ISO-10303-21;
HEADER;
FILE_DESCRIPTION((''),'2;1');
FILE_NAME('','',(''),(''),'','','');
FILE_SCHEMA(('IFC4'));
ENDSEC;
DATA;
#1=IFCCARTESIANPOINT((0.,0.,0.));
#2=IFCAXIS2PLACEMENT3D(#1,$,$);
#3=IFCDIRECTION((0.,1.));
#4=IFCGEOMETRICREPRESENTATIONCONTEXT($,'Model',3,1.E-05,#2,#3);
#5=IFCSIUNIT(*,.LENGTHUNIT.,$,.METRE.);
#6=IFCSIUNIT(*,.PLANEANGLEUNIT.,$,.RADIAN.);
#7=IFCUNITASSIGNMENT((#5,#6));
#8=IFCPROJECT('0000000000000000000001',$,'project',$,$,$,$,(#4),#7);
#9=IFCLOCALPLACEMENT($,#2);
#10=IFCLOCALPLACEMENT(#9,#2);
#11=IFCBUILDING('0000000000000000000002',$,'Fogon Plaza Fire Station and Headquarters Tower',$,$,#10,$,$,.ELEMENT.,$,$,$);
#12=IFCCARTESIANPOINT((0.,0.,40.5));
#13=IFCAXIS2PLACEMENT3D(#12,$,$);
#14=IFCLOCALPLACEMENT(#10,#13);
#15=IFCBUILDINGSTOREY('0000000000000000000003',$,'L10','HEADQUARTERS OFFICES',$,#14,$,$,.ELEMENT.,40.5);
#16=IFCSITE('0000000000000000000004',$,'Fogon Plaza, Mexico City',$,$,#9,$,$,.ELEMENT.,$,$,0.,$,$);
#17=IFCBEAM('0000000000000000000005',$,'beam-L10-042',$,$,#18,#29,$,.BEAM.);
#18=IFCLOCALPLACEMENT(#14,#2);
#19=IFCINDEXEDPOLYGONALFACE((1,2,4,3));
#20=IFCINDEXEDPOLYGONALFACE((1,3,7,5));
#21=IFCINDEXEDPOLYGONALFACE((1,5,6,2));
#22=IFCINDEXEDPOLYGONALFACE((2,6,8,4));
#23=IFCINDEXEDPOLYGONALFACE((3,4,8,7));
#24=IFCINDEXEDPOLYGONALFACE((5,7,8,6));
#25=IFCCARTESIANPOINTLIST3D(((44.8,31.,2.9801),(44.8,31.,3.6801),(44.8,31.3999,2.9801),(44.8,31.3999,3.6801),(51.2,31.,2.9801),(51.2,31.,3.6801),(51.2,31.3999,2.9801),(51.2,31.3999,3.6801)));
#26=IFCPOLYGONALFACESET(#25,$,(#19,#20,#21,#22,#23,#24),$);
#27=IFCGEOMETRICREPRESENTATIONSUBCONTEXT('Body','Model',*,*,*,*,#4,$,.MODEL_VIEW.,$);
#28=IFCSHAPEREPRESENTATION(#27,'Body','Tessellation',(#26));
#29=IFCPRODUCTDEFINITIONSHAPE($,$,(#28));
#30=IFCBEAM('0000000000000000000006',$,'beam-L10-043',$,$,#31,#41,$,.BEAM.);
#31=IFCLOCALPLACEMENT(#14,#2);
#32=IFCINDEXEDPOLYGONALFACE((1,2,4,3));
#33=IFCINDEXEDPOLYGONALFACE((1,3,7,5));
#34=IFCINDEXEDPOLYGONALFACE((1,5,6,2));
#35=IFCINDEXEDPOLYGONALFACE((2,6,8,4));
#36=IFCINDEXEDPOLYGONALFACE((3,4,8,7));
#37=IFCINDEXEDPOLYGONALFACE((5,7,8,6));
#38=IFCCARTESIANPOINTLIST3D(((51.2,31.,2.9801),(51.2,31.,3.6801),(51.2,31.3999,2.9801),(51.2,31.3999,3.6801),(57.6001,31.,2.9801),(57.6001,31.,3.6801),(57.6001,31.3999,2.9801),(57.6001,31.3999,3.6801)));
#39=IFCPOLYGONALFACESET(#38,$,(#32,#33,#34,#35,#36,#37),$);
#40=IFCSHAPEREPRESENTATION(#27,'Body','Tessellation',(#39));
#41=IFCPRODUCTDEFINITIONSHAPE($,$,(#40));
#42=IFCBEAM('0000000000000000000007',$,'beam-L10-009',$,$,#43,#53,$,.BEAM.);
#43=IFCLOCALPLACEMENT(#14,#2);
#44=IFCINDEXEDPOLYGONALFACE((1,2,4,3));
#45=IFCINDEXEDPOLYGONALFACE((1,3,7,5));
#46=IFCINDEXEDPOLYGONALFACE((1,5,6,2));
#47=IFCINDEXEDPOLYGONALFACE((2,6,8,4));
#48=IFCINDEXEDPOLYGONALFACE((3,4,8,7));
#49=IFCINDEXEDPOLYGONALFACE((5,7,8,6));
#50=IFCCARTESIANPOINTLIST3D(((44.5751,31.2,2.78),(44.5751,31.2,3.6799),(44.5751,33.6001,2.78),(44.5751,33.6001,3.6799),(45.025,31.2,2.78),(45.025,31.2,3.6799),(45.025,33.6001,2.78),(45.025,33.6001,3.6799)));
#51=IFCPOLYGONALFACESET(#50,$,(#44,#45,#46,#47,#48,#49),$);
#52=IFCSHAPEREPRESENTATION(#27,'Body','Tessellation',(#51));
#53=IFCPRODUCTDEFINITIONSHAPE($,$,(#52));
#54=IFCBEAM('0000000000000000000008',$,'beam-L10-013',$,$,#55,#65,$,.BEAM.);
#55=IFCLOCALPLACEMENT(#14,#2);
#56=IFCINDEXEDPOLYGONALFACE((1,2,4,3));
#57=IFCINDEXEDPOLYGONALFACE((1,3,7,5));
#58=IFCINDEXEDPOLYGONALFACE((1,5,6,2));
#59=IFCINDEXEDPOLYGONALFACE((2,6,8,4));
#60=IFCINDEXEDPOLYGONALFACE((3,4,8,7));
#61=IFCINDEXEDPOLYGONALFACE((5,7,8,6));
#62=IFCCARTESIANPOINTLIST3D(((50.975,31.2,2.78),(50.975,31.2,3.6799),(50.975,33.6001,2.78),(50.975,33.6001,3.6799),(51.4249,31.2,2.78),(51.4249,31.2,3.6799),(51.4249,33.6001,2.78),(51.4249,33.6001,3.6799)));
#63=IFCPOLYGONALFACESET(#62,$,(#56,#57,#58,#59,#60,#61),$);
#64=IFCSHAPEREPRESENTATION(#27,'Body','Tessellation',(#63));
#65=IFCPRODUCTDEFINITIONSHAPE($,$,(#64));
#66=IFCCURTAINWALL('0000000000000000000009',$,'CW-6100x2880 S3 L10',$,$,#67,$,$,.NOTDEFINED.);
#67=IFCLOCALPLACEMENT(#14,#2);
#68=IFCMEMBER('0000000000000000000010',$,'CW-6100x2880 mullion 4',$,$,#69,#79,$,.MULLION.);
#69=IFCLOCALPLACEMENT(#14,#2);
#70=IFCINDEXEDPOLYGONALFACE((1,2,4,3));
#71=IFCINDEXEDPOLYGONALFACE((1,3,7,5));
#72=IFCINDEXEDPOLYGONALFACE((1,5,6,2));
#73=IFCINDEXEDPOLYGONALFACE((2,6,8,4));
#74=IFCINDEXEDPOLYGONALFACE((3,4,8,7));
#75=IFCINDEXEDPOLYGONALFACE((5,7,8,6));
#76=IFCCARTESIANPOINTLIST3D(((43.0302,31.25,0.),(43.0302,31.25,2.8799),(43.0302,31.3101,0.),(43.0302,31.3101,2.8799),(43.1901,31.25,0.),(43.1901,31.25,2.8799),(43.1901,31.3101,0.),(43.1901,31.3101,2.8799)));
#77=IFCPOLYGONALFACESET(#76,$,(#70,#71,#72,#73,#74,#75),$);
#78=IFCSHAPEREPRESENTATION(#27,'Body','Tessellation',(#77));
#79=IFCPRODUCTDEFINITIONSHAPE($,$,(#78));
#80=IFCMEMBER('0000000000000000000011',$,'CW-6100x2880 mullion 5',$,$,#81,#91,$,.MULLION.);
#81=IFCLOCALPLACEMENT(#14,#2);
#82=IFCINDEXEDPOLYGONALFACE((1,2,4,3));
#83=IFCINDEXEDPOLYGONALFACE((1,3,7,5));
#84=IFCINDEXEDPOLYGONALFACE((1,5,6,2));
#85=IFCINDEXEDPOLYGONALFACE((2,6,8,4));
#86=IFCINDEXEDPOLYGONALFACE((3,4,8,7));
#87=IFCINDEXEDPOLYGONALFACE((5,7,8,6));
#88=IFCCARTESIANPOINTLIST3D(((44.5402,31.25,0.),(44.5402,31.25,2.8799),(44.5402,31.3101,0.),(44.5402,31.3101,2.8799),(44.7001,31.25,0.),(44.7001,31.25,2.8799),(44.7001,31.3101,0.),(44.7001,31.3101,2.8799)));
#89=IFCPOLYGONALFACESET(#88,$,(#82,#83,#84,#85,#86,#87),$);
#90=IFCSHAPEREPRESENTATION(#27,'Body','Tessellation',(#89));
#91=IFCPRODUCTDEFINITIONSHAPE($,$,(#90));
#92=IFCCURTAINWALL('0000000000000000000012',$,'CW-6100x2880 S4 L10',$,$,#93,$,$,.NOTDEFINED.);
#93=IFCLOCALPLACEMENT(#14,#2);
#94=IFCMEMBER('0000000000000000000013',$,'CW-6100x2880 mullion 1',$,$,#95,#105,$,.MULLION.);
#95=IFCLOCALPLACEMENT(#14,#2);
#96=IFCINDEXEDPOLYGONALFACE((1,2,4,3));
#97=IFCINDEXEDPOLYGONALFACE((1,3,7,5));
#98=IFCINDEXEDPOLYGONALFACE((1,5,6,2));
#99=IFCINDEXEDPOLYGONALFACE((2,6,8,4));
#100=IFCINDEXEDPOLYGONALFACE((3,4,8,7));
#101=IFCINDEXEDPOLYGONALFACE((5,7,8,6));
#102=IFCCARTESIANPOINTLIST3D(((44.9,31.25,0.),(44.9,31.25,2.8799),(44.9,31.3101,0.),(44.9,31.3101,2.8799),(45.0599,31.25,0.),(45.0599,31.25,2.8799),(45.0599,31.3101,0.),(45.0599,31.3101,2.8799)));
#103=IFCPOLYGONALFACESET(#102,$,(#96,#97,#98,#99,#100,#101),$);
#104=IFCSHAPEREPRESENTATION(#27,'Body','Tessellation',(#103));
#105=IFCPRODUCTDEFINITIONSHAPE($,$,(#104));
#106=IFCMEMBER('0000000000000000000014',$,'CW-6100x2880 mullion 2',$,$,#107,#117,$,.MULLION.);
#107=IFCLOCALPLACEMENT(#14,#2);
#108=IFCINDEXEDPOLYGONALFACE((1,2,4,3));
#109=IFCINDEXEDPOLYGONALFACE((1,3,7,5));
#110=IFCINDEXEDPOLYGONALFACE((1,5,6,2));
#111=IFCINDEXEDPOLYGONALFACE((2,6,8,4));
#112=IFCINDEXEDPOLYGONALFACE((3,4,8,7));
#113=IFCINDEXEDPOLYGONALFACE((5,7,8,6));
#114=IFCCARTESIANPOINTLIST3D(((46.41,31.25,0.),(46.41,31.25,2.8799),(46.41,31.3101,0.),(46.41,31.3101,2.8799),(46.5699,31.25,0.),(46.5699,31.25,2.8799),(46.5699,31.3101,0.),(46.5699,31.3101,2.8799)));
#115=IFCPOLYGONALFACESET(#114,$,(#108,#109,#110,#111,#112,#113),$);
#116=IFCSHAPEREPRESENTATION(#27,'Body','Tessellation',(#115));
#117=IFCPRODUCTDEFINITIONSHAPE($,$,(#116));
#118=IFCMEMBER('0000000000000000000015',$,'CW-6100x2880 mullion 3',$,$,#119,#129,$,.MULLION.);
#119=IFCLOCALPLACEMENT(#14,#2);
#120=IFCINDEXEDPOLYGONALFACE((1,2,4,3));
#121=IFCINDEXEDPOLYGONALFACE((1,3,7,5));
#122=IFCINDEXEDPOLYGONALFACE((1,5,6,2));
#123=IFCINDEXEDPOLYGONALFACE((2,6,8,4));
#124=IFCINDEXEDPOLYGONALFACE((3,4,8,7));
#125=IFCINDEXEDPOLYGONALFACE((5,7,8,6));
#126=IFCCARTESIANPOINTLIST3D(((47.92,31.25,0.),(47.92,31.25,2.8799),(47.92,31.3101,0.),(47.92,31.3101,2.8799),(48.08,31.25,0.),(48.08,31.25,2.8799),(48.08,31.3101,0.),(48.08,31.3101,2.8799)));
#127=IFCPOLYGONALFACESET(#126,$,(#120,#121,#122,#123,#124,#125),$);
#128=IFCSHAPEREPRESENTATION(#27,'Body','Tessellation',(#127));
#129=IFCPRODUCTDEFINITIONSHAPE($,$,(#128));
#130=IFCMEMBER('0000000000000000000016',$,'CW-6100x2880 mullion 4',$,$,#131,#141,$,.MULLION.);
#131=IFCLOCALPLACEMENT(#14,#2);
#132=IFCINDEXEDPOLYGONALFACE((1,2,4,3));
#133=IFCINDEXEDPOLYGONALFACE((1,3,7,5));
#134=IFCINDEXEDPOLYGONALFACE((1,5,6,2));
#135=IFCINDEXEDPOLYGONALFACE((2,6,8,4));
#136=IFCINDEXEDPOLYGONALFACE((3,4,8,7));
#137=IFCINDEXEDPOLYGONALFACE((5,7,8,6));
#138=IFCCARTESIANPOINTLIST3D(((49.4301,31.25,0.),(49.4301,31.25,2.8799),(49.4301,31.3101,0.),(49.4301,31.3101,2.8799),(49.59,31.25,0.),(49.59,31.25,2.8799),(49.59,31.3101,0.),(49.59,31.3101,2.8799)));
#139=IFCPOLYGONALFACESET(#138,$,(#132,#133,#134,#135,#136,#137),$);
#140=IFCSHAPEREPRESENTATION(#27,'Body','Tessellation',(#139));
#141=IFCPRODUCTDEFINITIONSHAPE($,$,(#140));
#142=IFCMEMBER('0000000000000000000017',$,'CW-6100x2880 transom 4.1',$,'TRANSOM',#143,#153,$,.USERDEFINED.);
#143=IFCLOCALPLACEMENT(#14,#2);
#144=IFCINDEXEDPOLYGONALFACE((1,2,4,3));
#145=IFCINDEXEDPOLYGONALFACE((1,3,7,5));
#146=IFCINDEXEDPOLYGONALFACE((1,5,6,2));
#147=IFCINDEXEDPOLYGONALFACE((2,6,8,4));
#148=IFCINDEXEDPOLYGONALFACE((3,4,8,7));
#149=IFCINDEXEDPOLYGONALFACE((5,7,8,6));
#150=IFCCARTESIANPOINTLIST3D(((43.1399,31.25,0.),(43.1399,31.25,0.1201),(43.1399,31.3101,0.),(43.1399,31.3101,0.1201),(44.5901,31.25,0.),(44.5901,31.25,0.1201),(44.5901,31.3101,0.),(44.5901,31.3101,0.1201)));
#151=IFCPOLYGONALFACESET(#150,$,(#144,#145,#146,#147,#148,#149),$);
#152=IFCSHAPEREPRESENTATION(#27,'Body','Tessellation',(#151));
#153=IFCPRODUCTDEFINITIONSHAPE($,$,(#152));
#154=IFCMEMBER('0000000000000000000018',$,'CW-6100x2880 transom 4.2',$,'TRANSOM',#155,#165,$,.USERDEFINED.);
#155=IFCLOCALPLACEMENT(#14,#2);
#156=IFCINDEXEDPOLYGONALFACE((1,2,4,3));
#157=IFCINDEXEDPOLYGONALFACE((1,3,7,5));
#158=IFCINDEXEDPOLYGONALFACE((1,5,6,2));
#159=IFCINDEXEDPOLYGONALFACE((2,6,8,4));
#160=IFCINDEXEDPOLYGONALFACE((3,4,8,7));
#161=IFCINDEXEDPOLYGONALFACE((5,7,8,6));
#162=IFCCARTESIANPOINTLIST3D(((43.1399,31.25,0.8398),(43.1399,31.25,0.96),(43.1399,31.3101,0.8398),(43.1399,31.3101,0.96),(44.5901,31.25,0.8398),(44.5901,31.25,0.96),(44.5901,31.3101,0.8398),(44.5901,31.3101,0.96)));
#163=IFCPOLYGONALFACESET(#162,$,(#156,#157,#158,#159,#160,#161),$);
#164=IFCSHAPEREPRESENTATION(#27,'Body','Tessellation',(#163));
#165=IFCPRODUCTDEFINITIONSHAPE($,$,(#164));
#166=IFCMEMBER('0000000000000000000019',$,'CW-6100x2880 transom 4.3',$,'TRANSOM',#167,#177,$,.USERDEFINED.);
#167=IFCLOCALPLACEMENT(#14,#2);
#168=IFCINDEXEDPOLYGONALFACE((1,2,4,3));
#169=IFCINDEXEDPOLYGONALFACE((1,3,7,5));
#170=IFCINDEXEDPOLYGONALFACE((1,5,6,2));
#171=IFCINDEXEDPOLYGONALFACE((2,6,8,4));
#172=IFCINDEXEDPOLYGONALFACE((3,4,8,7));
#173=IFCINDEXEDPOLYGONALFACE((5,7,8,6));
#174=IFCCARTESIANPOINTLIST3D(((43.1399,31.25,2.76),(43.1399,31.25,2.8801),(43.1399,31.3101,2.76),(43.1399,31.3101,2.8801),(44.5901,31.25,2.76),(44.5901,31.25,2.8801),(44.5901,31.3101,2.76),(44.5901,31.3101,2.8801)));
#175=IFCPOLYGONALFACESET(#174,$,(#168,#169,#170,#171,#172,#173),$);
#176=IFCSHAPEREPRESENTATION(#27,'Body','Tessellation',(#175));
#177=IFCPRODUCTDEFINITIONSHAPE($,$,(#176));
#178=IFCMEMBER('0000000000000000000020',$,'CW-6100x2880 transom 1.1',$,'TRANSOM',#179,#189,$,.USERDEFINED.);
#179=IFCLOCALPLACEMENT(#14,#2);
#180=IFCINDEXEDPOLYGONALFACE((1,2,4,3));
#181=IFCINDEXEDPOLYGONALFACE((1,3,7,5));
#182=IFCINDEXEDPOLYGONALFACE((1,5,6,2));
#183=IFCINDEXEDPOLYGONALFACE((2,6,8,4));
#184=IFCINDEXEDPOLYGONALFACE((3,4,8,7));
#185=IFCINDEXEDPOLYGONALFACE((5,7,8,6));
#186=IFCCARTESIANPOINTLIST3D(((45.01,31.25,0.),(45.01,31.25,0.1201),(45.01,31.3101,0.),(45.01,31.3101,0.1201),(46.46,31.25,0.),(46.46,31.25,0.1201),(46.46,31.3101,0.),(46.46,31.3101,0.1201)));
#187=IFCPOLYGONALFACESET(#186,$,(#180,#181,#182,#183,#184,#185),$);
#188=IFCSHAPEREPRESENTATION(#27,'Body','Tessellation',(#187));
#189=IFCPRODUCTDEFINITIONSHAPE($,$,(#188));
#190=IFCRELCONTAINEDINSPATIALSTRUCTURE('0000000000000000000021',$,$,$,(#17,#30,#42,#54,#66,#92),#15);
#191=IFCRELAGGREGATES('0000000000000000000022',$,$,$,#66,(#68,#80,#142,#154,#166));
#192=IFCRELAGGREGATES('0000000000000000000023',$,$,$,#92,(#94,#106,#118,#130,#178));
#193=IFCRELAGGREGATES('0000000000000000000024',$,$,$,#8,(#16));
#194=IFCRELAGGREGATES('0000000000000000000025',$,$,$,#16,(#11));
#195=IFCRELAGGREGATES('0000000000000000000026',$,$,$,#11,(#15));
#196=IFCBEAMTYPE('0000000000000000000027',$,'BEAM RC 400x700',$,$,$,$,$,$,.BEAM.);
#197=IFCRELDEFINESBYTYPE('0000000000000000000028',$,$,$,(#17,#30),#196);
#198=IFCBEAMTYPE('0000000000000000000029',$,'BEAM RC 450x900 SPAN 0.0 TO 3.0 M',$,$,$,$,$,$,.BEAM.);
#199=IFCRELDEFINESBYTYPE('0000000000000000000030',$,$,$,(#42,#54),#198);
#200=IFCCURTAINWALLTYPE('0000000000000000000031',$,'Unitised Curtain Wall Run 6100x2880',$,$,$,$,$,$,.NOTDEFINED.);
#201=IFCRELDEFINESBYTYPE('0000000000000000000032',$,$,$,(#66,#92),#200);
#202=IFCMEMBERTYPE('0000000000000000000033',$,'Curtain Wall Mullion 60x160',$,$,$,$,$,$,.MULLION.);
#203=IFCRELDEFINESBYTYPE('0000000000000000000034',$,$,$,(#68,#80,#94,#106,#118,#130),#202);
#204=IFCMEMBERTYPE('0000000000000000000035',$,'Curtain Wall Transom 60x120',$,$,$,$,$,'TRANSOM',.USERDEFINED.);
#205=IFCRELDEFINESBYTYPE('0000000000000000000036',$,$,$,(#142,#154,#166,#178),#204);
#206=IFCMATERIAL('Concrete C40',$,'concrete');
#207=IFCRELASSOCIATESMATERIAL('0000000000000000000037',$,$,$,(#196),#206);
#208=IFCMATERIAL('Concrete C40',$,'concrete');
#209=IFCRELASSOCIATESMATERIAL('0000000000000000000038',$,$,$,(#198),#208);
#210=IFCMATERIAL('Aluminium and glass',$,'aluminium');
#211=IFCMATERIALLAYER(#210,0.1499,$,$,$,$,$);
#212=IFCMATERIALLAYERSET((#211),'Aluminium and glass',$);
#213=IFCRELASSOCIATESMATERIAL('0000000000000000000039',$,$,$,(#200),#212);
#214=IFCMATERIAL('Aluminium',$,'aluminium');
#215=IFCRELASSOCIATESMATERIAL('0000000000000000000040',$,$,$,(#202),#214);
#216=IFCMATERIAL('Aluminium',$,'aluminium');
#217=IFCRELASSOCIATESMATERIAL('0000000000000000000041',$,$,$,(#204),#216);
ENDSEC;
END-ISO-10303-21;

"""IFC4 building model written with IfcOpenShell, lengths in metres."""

from ifc_helpers import new_model, si_unit, direction, frame, origin, origin_2d, place, context, subcontext, project, spatial, rectangle, extrude, material, layer, layer_set, material_profile, profile_set, type_object, element, aggregate, save


model = new_model("IFC4")

# Units and contexts
model_context = context("Model", 3, precision=1e-05, world=origin(), true_north=direction((0.0, 1.0)))
body_context = subcontext(model_context, "Body", "Model", "MODEL_VIEW")
ifc_project = project(units=[si_unit("LENGTHUNIT", "METRE"), si_unit("PLANEANGLEUNIT", "RADIAN")], contexts=[model_context])

# Site, building, storey
site_placement = place(None, origin())
site = spatial("IfcSite", under=ifc_project, at=site_placement, Name="Fogon Plaza, Mexico City", CompositionType="ELEMENT", RefElevation=0.0)
building_placement = place(site_placement, origin())
building = spatial("IfcBuilding", under=site, at=building_placement, Name="Fogon Plaza Fire Station and Headquarters Tower", CompositionType="ELEMENT")
storey_placement = place(building_placement, frame((0.0, 0.0, 40.5)))
storey = spatial("IfcBuildingStorey", under=building, at=storey_placement, Name="L10", Description="HEADQUARTERS OFFICES", CompositionType="ELEMENT", Elevation=40.5)

# Beams
ifc_material_1 = material(Name="Concrete C40", Category="concrete")
ifc_material_profile_1 = material_profile(ifc_material_1, rectangle(XDim=0.3999, YDim=0.7, at=origin_2d()), Name="RC 400x700")
ifc_profile_set_1 = profile_set([ifc_material_profile_1], Name="Concrete C40")
beam_type_1 = type_object("IfcBeamType", Name="BEAM RC 400x700", PredefinedType="BEAM", material=ifc_profile_set_1)
beam_1_placement = place(storey_placement, frame((44.8, 31.2, 3.3301), z_axis=(1.0, 0.0, 0.0), x_axis=(0.0, 1.0, 0.0)))
element("IfcBeam", 1, at=beam_1_placement, inside=storey, type_object=beam_type_1, Name="beam-L10-042", PredefinedType="BEAM", context=body_context, shape_type="SweptSolid", body=[
    extrude(rectangle(XDim=0.3999, YDim=0.7, at=origin_2d()), origin(), (0.0, 0.0, 1.0), 6.3999),
])
beam_2_placement = place(storey_placement, frame((51.2, 31.2, 3.3301), z_axis=(1.0, 0.0, 0.0), x_axis=(0.0, 1.0, 0.0)))
element("IfcBeam", 2, at=beam_2_placement, inside=storey, type_object=beam_type_1, Name="beam-L10-043", PredefinedType="BEAM", context=body_context, shape_type="SweptSolid", body=[
    extrude(rectangle(XDim=0.3999, YDim=0.7, at=origin_2d()), origin(), (0.0, 0.0, 1.0), 6.4001),
])
ifc_material_2 = material(Name="Concrete C40", Category="concrete")
ifc_material_profile_2 = material_profile(ifc_material_2, rectangle(XDim=0.45, YDim=0.8999, at=origin_2d()), Name="RC 450x900")
ifc_profile_set_2 = profile_set([ifc_material_profile_2], Name="Concrete C40")
beam_type_2 = type_object("IfcBeamType", Name="BEAM RC 450x900 SPAN 0.0 TO 3.0 M", PredefinedType="BEAM", material=ifc_profile_set_2)
for number, where, z_axis, x_axis, name in (
    (3, (44.8, 31.2, 3.23), (0.0, 1.0, 0.0), (-1.0, 0.0, 0.0), "beam-L10-009"),
    (4, (51.2, 31.2, 3.23), (0.0, 1.0, 0.0), (-1.0, 0.0, 0.0), "beam-L10-013"),
):
    element("IfcBeam", number, at=place(storey_placement, frame(where, z_axis=z_axis, x_axis=x_axis)), inside=storey, type_object=beam_type_2, Name=name, PredefinedType="BEAM", context=body_context, shape_type="SweptSolid", body=[
        extrude(rectangle(XDim=0.45, YDim=0.8999, at=origin_2d()), origin(), (0.0, 0.0, 1.0), 2.4001),
    ])

# Curtain walls, members
ifc_material_3 = material(Name="Aluminium and glass", Category="aluminium")
ifc_layer_1 = layer(ifc_material_3, 0.1499)
ifc_layer_set_1 = layer_set([ifc_layer_1], Name="Aluminium and glass")
curtain_wall_type = type_object("IfcCurtainWallType", Name="Unitised Curtain Wall Run 6100x2880", PredefinedType="NOTDEFINED", material=ifc_layer_set_1)
curtain_wall_1_placement = place(storey_placement, origin())
curtain_wall_1 = element("IfcCurtainWall", 5, at=curtain_wall_1_placement, inside=storey, type_object=curtain_wall_type, Name="CW-6100x2880 S3 L10", PredefinedType="NOTDEFINED")
ifc_material_4 = material(Name="Aluminium", Category="aluminium")
ifc_material_profile_3 = material_profile(ifc_material_4, rectangle(XDim=0.0601, YDim=0.1599, at=origin_2d()), Name="Curtain Wall Mullion 60x160")
ifc_profile_set_3 = profile_set([ifc_material_profile_3], Name="Aluminium")
member_type_1 = type_object("IfcMemberType", Name="Curtain Wall Mullion 60x160", PredefinedType="MULLION", material=ifc_profile_set_3)
member_1_placement = place(storey_placement, frame((43.1101, 31.28, 0.0), z_axis=(0.0, 0.0, 1.0), x_axis=(0.0, 1.0, 0.0)))
member_1 = element("IfcMember", 6, at=member_1_placement, type_object=member_type_1, Name="CW-6100x2880 mullion 4", PredefinedType="MULLION", context=body_context, shape_type="SweptSolid", body=[
    extrude(rectangle(XDim=0.0601, YDim=0.1599, at=origin_2d()), origin(), (0.0, 0.0, 1.0), 2.8799),
])
member_2_placement = place(storey_placement, frame((44.6201, 31.28, 0.0), z_axis=(0.0, 0.0, 1.0), x_axis=(0.0, 1.0, 0.0)))
member_2 = element("IfcMember", 7, at=member_2_placement, type_object=member_type_1, Name="CW-6100x2880 mullion 5", PredefinedType="MULLION", context=body_context, shape_type="SweptSolid", body=[
    extrude(rectangle(XDim=0.0601, YDim=0.1599, at=origin_2d()), origin(), (0.0, 0.0, 1.0), 2.8799),
])
curtain_wall_2_placement = place(storey_placement, origin())
curtain_wall_2 = element("IfcCurtainWall", 8, at=curtain_wall_2_placement, inside=storey, type_object=curtain_wall_type, Name="CW-6100x2880 S4 L10", PredefinedType="NOTDEFINED")
member_3_placement = place(storey_placement, frame((44.98, 31.28, 0.0), z_axis=(0.0, 0.0, 1.0), x_axis=(0.0, 1.0, 0.0)))
member_3 = element("IfcMember", 9, at=member_3_placement, type_object=member_type_1, Name="CW-6100x2880 mullion 1", PredefinedType="MULLION", context=body_context, shape_type="SweptSolid", body=[
    extrude(rectangle(XDim=0.0601, YDim=0.1599, at=origin_2d()), origin(), (0.0, 0.0, 1.0), 2.8799),
])
member_4_placement = place(storey_placement, frame((46.49, 31.28, 0.0), z_axis=(0.0, 0.0, 1.0), x_axis=(0.0, 1.0, 0.0)))
member_4 = element("IfcMember", 10, at=member_4_placement, type_object=member_type_1, Name="CW-6100x2880 mullion 2", PredefinedType="MULLION", context=body_context, shape_type="SweptSolid", body=[
    extrude(rectangle(XDim=0.0601, YDim=0.1599, at=origin_2d()), origin(), (0.0, 0.0, 1.0), 2.8799),
])
member_5_placement = place(storey_placement, frame((48.0, 31.28, 0.0), z_axis=(0.0, 0.0, 1.0), x_axis=(0.0, 1.0, 0.0)))
member_5 = element("IfcMember", 11, at=member_5_placement, type_object=member_type_1, Name="CW-6100x2880 mullion 3", PredefinedType="MULLION", context=body_context, shape_type="SweptSolid", body=[
    extrude(rectangle(XDim=0.0601, YDim=0.1599, at=origin_2d()), origin(), (0.0, 0.0, 1.0), 2.8799),
])
member_6_placement = place(storey_placement, frame((49.51, 31.28, 0.0), z_axis=(0.0, 0.0, 1.0), x_axis=(0.0, 1.0, 0.0)))
member_6 = element("IfcMember", 12, at=member_6_placement, type_object=member_type_1, Name="CW-6100x2880 mullion 4", PredefinedType="MULLION", context=body_context, shape_type="SweptSolid", body=[
    extrude(rectangle(XDim=0.0601, YDim=0.1599, at=origin_2d()), origin(), (0.0, 0.0, 1.0), 2.8799),
])

# Members
ifc_material_5 = material(Name="Aluminium", Category="aluminium")
ifc_material_profile_4 = material_profile(ifc_material_5, rectangle(XDim=0.0601, YDim=0.1201, at=origin_2d()), Name="Curtain Wall Transom 60x120")
ifc_profile_set_4 = profile_set([ifc_material_profile_4], Name="Aluminium")
member_type_2 = type_object("IfcMemberType", Name="Curtain Wall Transom 60x120", ElementType="TRANSOM", PredefinedType="USERDEFINED", material=ifc_profile_set_4)
member_7_placement = place(storey_placement, frame((43.1399, 31.28, 0.0601), z_axis=(1.0, 0.0, 0.0), x_axis=(0.0, 1.0, 0.0)))
member_7 = element("IfcMember", 13, at=member_7_placement, type_object=member_type_2, Name="CW-6100x2880 transom 4.1", ObjectType="TRANSOM", PredefinedType="USERDEFINED", context=body_context, shape_type="SweptSolid", body=[
    extrude(rectangle(XDim=0.0601, YDim=0.1201, at=origin_2d()), origin(), (0.0, 0.0, 1.0), 1.4502),
])
member_8_placement = place(storey_placement, frame((43.1399, 31.28, 0.8999), z_axis=(1.0, 0.0, 0.0), x_axis=(0.0, 1.0, 0.0)))
member_8 = element("IfcMember", 14, at=member_8_placement, type_object=member_type_2, Name="CW-6100x2880 transom 4.2", ObjectType="TRANSOM", PredefinedType="USERDEFINED", context=body_context, shape_type="SweptSolid", body=[
    extrude(rectangle(XDim=0.0601, YDim=0.1201, at=origin_2d()), origin(), (0.0, 0.0, 1.0), 1.4502),
])
member_9_placement = place(storey_placement, frame((43.1399, 31.28, 2.8201), z_axis=(1.0, 0.0, 0.0), x_axis=(0.0, 1.0, 0.0)))
member_9 = element("IfcMember", 15, at=member_9_placement, type_object=member_type_2, Name="CW-6100x2880 transom 4.3", ObjectType="TRANSOM", PredefinedType="USERDEFINED", context=body_context, shape_type="SweptSolid", body=[
    extrude(rectangle(XDim=0.0601, YDim=0.1201, at=origin_2d()), origin(), (0.0, 0.0, 1.0), 1.4502),
])
member_10_placement = place(storey_placement, frame((45.01, 31.28, 0.0601), z_axis=(1.0, 0.0, 0.0), x_axis=(0.0, 1.0, 0.0)))
member_10 = element("IfcMember", 16, at=member_10_placement, type_object=member_type_2, Name="CW-6100x2880 transom 1.1", ObjectType="TRANSOM", PredefinedType="USERDEFINED", context=body_context, shape_type="SweptSolid", body=[
    extrude(rectangle(XDim=0.0601, YDim=0.1201, at=origin_2d()), origin(), (0.0, 0.0, 1.0), 1.45),
])

aggregate(curtain_wall_1, [member_1, member_2, member_7, member_8, member_9])
aggregate(curtain_wall_2, [member_3, member_4, member_5, member_6, member_10])

save(model, "model.ifc")
